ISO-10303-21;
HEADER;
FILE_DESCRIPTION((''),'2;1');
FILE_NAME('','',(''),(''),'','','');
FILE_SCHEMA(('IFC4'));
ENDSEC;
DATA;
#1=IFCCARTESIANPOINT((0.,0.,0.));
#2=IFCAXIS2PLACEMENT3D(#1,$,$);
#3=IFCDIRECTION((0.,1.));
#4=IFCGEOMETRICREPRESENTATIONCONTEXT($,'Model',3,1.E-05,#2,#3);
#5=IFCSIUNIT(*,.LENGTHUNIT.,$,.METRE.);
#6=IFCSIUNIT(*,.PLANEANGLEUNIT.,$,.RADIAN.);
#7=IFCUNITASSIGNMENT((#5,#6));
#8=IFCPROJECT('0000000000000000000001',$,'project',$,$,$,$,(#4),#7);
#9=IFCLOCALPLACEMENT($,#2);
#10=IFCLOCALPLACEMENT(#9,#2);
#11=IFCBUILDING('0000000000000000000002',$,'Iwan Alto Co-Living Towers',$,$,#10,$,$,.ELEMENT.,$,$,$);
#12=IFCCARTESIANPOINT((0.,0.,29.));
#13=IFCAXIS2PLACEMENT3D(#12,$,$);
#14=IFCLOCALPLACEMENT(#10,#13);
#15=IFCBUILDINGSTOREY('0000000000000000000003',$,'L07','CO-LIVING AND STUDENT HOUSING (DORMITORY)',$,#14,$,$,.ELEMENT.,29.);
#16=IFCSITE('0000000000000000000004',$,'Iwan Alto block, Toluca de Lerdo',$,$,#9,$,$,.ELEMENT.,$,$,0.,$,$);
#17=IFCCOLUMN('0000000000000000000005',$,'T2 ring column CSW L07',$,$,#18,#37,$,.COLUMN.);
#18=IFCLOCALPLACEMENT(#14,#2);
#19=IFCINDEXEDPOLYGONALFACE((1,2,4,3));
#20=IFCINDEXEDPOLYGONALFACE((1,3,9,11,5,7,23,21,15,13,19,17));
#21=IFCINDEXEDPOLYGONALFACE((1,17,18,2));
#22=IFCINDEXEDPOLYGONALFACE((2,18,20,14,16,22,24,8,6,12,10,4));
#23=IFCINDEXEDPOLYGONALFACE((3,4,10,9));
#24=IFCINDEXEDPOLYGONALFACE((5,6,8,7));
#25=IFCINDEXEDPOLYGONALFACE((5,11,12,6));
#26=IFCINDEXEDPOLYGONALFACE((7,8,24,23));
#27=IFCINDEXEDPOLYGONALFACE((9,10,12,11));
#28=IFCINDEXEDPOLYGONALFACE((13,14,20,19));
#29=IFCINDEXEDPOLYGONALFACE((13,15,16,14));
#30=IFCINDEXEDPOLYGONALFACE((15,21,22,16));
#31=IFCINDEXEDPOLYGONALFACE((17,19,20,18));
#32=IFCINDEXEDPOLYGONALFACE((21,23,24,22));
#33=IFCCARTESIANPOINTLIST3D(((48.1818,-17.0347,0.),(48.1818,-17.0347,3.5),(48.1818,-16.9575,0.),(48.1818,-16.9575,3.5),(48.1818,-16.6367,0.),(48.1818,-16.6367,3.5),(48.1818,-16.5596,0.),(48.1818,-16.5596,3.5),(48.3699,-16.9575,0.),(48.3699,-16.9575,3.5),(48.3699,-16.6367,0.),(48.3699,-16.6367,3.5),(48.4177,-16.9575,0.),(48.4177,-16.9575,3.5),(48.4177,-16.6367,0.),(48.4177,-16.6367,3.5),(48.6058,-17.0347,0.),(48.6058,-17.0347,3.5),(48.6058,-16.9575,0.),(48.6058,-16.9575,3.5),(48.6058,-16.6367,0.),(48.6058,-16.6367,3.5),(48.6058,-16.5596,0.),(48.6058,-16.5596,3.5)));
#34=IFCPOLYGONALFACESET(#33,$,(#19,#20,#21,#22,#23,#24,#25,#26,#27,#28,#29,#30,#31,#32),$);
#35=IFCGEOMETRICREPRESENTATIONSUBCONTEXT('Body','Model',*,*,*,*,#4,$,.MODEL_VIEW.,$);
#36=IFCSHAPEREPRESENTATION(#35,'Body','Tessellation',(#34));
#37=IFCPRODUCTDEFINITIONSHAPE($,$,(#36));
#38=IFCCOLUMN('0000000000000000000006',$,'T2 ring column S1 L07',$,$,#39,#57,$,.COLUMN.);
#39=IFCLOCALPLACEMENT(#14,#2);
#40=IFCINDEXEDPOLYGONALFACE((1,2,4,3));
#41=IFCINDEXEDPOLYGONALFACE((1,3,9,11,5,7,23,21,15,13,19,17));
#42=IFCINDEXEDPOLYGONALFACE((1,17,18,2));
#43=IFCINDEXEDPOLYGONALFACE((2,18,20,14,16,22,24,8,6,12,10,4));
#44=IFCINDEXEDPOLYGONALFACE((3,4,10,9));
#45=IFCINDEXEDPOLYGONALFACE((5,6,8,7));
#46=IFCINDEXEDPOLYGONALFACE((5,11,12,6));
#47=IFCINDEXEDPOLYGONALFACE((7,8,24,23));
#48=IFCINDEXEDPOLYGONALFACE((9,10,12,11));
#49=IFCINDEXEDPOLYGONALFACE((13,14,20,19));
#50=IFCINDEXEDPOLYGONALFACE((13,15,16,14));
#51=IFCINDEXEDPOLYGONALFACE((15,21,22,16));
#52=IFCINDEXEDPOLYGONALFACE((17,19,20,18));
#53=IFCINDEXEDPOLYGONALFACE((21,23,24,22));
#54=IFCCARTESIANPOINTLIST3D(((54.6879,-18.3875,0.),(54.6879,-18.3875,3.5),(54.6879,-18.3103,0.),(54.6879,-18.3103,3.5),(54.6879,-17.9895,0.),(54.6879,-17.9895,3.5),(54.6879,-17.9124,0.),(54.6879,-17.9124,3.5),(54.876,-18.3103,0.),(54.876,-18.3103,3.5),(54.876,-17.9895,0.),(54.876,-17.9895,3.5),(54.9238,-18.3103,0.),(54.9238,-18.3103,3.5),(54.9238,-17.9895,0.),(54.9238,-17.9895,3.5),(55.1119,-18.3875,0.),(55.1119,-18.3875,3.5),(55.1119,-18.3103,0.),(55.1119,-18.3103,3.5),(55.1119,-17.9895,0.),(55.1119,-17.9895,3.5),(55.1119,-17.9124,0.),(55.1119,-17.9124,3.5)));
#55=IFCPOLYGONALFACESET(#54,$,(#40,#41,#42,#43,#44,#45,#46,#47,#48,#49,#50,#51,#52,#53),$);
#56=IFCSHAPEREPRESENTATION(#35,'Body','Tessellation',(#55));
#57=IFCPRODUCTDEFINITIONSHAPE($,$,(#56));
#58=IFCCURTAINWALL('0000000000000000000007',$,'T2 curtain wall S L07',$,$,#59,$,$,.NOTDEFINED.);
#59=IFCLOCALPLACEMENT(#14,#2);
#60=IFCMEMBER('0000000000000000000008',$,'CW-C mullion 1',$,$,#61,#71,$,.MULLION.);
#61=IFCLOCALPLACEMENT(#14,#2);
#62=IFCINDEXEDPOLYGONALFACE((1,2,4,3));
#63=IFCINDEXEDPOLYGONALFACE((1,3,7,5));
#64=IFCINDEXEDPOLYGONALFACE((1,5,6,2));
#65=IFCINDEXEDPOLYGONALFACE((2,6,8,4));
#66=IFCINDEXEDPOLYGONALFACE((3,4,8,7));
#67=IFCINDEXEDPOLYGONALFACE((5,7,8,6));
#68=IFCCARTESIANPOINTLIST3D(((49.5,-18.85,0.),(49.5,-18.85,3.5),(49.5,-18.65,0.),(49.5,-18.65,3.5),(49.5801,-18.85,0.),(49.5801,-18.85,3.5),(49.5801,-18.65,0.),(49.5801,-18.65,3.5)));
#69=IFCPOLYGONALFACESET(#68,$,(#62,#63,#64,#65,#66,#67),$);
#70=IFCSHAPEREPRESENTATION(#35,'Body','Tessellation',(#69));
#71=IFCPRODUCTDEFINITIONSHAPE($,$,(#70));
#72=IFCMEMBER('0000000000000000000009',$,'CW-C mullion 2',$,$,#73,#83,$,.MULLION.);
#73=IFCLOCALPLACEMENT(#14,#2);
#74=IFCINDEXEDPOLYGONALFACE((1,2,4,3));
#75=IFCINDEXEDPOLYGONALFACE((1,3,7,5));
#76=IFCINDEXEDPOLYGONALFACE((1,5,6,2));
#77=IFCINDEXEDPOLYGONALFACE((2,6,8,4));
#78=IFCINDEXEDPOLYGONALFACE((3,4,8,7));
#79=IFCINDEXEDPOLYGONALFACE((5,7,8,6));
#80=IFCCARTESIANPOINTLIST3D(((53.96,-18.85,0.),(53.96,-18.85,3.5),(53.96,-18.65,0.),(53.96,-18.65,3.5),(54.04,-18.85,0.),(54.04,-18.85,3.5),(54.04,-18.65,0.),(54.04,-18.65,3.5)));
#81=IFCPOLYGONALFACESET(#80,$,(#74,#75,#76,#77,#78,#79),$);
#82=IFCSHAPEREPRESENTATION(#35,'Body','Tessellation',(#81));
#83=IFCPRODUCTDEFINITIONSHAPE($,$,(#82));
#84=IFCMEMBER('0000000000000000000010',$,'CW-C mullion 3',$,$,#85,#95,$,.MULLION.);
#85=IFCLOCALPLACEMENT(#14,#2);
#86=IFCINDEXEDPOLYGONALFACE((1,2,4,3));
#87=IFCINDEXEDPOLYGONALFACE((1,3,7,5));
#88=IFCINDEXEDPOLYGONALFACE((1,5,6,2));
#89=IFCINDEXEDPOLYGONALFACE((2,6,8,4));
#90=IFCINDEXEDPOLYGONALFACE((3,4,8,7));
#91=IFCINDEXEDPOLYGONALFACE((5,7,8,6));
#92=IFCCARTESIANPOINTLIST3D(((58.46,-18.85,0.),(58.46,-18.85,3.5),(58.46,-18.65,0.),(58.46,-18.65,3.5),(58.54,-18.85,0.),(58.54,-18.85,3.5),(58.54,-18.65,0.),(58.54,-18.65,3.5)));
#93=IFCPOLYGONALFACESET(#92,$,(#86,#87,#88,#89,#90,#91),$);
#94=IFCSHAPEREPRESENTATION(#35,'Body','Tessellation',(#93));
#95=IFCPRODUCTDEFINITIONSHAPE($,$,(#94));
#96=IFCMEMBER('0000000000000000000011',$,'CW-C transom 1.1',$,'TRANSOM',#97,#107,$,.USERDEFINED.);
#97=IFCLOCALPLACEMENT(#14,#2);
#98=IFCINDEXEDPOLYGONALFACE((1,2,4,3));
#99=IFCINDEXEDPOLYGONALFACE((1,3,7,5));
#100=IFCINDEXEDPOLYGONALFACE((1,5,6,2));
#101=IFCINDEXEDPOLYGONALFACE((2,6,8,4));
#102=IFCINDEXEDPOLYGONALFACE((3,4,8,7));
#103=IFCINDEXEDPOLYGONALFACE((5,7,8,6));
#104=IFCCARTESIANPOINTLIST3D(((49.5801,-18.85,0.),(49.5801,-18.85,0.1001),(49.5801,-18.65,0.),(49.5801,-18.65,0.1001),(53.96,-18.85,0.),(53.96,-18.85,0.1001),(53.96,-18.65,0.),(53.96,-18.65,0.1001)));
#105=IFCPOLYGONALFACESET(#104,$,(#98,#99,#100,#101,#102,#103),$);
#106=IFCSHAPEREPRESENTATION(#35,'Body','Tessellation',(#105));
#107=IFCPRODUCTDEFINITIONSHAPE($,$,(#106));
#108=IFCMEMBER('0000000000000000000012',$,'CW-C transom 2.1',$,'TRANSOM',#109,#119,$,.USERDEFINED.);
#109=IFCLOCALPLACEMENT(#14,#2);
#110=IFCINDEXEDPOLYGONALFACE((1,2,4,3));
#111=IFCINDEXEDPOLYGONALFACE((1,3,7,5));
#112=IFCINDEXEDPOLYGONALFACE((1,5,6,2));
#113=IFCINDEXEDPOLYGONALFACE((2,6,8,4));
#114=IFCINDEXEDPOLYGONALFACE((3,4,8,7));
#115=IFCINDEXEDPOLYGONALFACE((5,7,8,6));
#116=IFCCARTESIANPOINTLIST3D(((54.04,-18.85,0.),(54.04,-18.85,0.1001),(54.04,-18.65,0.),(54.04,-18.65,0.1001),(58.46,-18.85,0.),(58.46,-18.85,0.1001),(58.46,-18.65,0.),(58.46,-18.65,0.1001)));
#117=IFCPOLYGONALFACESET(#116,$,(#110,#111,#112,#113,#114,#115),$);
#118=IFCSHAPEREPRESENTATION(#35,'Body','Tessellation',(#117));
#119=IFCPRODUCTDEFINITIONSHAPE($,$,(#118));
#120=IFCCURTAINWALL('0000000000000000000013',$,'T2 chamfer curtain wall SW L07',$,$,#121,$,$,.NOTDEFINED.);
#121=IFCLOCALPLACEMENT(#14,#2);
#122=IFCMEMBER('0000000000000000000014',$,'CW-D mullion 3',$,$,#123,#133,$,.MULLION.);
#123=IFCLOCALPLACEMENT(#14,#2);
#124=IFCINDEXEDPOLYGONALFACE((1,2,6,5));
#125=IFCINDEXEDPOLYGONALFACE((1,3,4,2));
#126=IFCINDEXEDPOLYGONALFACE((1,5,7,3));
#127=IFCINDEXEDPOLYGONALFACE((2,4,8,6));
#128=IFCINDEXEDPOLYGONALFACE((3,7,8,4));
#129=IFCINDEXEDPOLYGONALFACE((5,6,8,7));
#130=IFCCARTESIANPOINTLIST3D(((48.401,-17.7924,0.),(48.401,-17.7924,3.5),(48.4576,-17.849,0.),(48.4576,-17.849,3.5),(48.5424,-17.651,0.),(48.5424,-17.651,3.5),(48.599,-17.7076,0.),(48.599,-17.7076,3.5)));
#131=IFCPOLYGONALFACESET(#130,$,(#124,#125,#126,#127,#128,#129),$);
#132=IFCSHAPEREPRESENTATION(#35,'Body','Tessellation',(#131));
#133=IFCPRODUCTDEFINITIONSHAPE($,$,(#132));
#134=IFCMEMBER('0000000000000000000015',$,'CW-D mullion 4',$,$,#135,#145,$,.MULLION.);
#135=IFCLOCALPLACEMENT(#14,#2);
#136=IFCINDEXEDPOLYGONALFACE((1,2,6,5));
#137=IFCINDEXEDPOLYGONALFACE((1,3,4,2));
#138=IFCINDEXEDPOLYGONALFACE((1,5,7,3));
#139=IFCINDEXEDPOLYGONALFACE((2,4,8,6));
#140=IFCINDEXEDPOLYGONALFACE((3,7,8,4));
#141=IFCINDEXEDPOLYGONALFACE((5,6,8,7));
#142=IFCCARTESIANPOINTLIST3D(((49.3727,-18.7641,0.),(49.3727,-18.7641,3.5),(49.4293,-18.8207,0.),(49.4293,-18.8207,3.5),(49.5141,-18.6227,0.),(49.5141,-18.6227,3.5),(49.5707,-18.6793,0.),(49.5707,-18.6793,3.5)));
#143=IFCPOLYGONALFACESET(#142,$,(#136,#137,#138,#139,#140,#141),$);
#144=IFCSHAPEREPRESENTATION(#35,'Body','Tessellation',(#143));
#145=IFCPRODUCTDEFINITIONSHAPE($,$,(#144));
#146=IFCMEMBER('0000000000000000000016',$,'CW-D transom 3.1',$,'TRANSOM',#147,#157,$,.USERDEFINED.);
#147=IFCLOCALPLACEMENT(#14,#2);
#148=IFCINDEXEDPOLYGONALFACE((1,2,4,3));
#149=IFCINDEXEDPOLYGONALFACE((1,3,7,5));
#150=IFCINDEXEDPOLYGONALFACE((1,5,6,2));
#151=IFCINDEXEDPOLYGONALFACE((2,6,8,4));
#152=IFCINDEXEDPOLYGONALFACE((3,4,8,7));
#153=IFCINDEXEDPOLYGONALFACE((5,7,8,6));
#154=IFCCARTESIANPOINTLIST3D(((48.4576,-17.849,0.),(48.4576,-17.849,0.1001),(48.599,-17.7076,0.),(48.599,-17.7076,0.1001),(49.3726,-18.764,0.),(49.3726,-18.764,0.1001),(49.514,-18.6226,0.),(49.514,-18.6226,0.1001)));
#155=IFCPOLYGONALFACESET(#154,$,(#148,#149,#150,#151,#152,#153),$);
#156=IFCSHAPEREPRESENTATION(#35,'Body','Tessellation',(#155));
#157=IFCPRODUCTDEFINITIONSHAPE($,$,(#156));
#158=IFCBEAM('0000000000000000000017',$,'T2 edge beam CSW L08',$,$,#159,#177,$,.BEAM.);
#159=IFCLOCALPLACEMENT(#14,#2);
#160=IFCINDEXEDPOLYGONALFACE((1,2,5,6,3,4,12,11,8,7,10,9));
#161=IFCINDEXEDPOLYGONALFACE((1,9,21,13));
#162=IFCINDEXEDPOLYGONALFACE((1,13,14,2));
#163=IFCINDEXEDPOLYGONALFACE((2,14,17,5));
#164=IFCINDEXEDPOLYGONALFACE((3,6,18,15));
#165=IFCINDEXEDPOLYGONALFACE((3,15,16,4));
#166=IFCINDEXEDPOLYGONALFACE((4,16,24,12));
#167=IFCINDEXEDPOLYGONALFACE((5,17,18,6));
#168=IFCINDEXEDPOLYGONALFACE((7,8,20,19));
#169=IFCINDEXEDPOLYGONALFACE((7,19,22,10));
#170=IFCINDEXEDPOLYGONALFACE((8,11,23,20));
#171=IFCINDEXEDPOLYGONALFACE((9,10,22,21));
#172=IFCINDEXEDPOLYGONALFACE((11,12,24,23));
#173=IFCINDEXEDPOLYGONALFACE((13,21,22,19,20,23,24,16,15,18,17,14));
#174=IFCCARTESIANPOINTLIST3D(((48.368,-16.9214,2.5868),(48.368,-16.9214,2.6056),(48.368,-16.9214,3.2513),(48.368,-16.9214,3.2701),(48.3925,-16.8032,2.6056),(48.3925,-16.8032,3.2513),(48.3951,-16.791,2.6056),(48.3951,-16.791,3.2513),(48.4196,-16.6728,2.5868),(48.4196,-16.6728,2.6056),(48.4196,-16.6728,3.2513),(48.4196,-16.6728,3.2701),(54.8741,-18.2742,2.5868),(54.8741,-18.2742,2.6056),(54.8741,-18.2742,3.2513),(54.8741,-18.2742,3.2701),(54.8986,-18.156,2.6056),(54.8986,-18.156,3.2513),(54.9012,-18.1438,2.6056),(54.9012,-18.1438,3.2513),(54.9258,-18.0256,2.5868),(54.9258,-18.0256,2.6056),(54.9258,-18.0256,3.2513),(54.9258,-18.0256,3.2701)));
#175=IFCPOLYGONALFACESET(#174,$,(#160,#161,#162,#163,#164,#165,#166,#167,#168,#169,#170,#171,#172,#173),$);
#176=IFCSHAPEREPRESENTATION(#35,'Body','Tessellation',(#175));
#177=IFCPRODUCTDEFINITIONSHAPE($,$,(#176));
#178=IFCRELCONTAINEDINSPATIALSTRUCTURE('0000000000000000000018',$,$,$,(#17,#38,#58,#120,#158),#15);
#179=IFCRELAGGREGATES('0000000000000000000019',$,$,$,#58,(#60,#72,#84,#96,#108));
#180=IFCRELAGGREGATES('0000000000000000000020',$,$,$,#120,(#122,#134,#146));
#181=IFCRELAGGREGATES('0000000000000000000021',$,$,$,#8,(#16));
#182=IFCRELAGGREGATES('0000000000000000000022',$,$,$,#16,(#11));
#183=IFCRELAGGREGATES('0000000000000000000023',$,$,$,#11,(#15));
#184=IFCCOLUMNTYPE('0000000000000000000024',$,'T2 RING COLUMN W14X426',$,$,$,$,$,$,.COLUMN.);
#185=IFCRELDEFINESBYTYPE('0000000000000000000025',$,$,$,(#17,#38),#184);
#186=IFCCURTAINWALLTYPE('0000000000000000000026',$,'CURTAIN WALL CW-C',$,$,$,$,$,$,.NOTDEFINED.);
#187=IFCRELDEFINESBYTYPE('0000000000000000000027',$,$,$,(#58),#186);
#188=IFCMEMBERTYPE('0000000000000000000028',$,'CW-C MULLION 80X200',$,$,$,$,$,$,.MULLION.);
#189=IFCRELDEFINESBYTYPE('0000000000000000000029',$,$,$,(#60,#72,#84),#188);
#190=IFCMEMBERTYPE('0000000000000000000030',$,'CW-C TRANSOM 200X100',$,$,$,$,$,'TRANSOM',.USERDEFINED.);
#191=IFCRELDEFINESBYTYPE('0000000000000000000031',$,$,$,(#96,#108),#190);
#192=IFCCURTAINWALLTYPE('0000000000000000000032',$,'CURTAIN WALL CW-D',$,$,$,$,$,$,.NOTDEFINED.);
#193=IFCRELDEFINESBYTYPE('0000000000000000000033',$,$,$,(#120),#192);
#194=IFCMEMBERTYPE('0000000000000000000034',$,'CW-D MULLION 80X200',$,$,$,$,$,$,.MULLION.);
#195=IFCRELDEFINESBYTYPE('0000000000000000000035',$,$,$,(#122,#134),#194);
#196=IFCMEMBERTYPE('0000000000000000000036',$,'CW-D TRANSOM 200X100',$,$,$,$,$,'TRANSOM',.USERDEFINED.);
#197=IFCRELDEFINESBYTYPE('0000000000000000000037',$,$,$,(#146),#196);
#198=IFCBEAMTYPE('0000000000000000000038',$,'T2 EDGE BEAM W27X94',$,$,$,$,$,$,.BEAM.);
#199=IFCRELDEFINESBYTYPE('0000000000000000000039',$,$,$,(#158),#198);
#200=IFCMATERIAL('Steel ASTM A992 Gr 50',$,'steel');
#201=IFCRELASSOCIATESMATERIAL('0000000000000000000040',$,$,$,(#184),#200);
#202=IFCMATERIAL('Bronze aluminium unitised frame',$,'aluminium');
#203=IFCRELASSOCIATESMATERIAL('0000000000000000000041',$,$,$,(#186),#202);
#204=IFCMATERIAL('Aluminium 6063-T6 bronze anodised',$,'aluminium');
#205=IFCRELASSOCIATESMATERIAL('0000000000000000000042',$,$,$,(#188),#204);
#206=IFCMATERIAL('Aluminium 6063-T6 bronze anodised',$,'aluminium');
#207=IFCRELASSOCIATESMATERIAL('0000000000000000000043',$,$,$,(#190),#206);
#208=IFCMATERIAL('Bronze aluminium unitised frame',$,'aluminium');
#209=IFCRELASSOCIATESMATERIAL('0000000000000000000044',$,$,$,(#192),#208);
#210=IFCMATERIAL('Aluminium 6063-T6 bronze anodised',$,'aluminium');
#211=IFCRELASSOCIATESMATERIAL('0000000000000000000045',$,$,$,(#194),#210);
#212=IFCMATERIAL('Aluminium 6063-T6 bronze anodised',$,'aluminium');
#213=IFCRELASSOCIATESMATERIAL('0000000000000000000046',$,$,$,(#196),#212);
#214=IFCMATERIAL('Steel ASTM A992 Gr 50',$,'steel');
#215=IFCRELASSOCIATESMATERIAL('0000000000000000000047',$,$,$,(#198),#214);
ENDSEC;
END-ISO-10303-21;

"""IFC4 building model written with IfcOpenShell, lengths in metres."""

from ifc_helpers import new_model, si_unit, direction, frame, origin, origin_2d, place, context, subcontext, project, spatial, rectangle, i_section, extrude, material, material_profile, profile_set, type_object, element, aggregate, save


model = new_model("IFC4")

# Units and contexts
model_context = context("Model", 3, precision=1e-05, world=origin(), true_north=direction((0.0, 1.0)))
body_context = subcontext(model_context, "Body", "Model", "MODEL_VIEW")
ifc_project = project(units=[si_unit("LENGTHUNIT", "METRE"), si_unit("PLANEANGLEUNIT", "RADIAN")], contexts=[model_context])

# Site, building, storey
site_placement = place(None, origin())
site = spatial("IfcSite", under=ifc_project, at=site_placement, Name="Iwan Alto block, Toluca de Lerdo", CompositionType="ELEMENT", RefElevation=0.0)
building_placement = place(site_placement, origin())
building = spatial("IfcBuilding", under=site, at=building_placement, Name="Iwan Alto Co-Living Towers", CompositionType="ELEMENT")
storey_placement = place(building_placement, frame((0.0, 0.0, 29.0)))
storey = spatial("IfcBuildingStorey", under=building, at=storey_placement, Name="L07", Description="CO-LIVING AND STUDENT HOUSING (DORMITORY)", CompositionType="ELEMENT", Elevation=29.0)

# Columns
ifc_material_1 = material(Name="Steel ASTM A992 Gr 50", Category="steel")
ifc_material_profile_1 = material_profile(ifc_material_1, i_section(OverallWidth=0.4241, OverallDepth=0.4751, WebThickness=0.0479, FlangeThickness=0.0771, at=origin_2d()), Name="W14X426")
ifc_profile_set_1 = profile_set([ifc_material_profile_1], Name="Steel ASTM A992 Gr 50")
column_type = type_object("IfcColumnType", Name="T2 RING COLUMN W14X426", PredefinedType="COLUMN", material=ifc_profile_set_1)
for number, where, z_axis, x_axis, name in (
    (1, (48.3938, -16.7971, 0.0), (0.0, 0.0, 1.0), (1.0, 0.0, 0.0), "T2 ring column CSW L07"),
    (2, (54.8999, -18.1499, 0.0), (0.0, 0.0, 1.0), (1.0, 0.0, 0.0), "T2 ring column S1 L07"),
):
    element("IfcColumn", number, at=place(storey_placement, frame(where, z_axis=z_axis, x_axis=x_axis)), inside=storey, type_object=column_type, Name=name, PredefinedType="COLUMN", context=body_context, shape_type="SweptSolid", body=[
        extrude(i_section(OverallWidth=0.4241, OverallDepth=0.4751, WebThickness=0.0479, FlangeThickness=0.0771, at=origin_2d()), origin(), (0.0, 0.0, 1.0), 3.5),
    ])

# Curtain walls, members
ifc_material_2 = material(Name="Bronze aluminium unitised frame", Category="aluminium")
curtain_wall_type_1 = type_object("IfcCurtainWallType", Name="CURTAIN WALL CW-C", PredefinedType="NOTDEFINED", material=ifc_material_2)
curtain_wall_1_placement = place(storey_placement, origin())
curtain_wall_1 = element("IfcCurtainWall", 3, at=curtain_wall_1_placement, inside=storey, type_object=curtain_wall_type_1, Name="T2 curtain wall S L07", PredefinedType="NOTDEFINED")
ifc_material_3 = material(Name="Aluminium 6063-T6 bronze anodised", Category="aluminium")
ifc_material_profile_2 = material_profile(ifc_material_3, rectangle(XDim=0.2, YDim=0.0801, at=origin_2d()), Name="AL 80X200")
ifc_profile_set_2 = profile_set([ifc_material_profile_2], Name="Aluminium 6063-T6 bronze anodised")
member_type_1 = type_object("IfcMemberType", Name="CW-C MULLION 80X200", PredefinedType="MULLION", material=ifc_profile_set_2)
member_1_placement = place(storey_placement, frame((49.54, -18.75, 0.0), z_axis=(0.0, 0.0, 1.0), x_axis=(0.0, 1.0, 0.0)))
member_1 = element("IfcMember", 4, at=member_1_placement, type_object=member_type_1, Name="CW-C mullion 1", PredefinedType="MULLION", context=body_context, shape_type="SweptSolid", body=[
    extrude(rectangle(XDim=0.2, YDim=0.0801, at=origin_2d()), origin(), (0.0, 0.0, 1.0), 3.5),
])
member_2_placement = place(storey_placement, frame((54.0, -18.75, 0.0), z_axis=(0.0, 0.0, 1.0), x_axis=(0.0, 1.0, 0.0)))
member_2 = element("IfcMember", 5, at=member_2_placement, type_object=member_type_1, Name="CW-C mullion 2", PredefinedType="MULLION", context=body_context, shape_type="SweptSolid", body=[
    extrude(rectangle(XDim=0.2, YDim=0.0801, at=origin_2d()), origin(), (0.0, 0.0, 1.0), 3.5),
])
member_3_placement = place(storey_placement, frame((58.5, -18.75, 0.0), z_axis=(0.0, 0.0, 1.0), x_axis=(0.0, 1.0, 0.0)))
member_3 = element("IfcMember", 6, at=member_3_placement, type_object=member_type_1, Name="CW-C mullion 3", PredefinedType="MULLION", context=body_context, shape_type="SweptSolid", body=[
    extrude(rectangle(XDim=0.2, YDim=0.0801, at=origin_2d()), origin(), (0.0, 0.0, 1.0), 3.5),
])
ifc_material_4 = material(Name="Aluminium 6063-T6 bronze anodised", Category="aluminium")
ifc_material_profile_3 = material_profile(ifc_material_4, rectangle(XDim=0.2, YDim=0.1001, at=origin_2d()), Name="AL 200X100")
ifc_profile_set_3 = profile_set([ifc_material_profile_3], Name="Aluminium 6063-T6 bronze anodised")
member_type_2 = type_object("IfcMemberType", Name="CW-C TRANSOM 200X100", ElementType="TRANSOM", PredefinedType="USERDEFINED", material=ifc_profile_set_3)
member_4_placement = place(storey_placement, frame((49.5801, -18.75, 0.05), z_axis=(1.0, 0.0, 0.0), x_axis=(0.0, 1.0, 0.0)))
member_4 = element("IfcMember", 7, at=member_4_placement, type_object=member_type_2, Name="CW-C transom 1.1", ObjectType="TRANSOM", PredefinedType="USERDEFINED", context=body_context, shape_type="SweptSolid", body=[
    extrude(rectangle(XDim=0.2, YDim=0.1001, at=origin_2d()), origin(), (0.0, 0.0, 1.0), 4.3799),
])
member_5_placement = place(storey_placement, frame((54.04, -18.75, 0.05), z_axis=(1.0, 0.0, 0.0), x_axis=(0.0, 1.0, 0.0)))
member_5 = element("IfcMember", 8, at=member_5_placement, type_object=member_type_2, Name="CW-C transom 2.1", ObjectType="TRANSOM", PredefinedType="USERDEFINED", context=body_context, shape_type="SweptSolid", body=[
    extrude(rectangle(XDim=0.2, YDim=0.1001, at=origin_2d()), origin(), (0.0, 0.0, 1.0), 4.4199),
])
ifc_material_5 = material(Name="Bronze aluminium unitised frame", Category="aluminium")
curtain_wall_type_2 = type_object("IfcCurtainWallType", Name="CURTAIN WALL CW-D", PredefinedType="NOTDEFINED", material=ifc_material_5)
curtain_wall_2_placement = place(storey_placement, origin())
curtain_wall_2 = element("IfcCurtainWall", 9, at=curtain_wall_2_placement, inside=storey, type_object=curtain_wall_type_2, Name="T2 chamfer curtain wall SW L07", PredefinedType="NOTDEFINED")
ifc_material_6 = material(Name="Aluminium 6063-T6 bronze anodised", Category="aluminium")
ifc_material_profile_4 = material_profile(ifc_material_6, rectangle(XDim=0.2, YDim=0.0801, at=origin_2d()), Name="AL 80X200")
ifc_profile_set_4 = profile_set([ifc_material_profile_4], Name="Aluminium 6063-T6 bronze anodised")
member_type_3 = type_object("IfcMemberType", Name="CW-D MULLION 80X200", PredefinedType="MULLION", material=ifc_profile_set_4)
member_6_placement = place(storey_placement, frame((48.5, -17.75, 0.0), z_axis=(0.0, 0.0, 1.0), x_axis=(0.707107, 0.707107, 0.0)))
member_6 = element("IfcMember", 10, at=member_6_placement, type_object=member_type_3, Name="CW-D mullion 3", PredefinedType="MULLION", context=body_context, shape_type="SweptSolid", body=[
    extrude(rectangle(XDim=0.2, YDim=0.0801, at=origin_2d()), origin(), (0.0, 0.0, 1.0), 3.5),
])
member_7_placement = place(storey_placement, frame((49.4717, -18.7217, 0.0), z_axis=(0.0, 0.0, 1.0), x_axis=(0.707107, 0.707107, 0.0)))
member_7 = element("IfcMember", 11, at=member_7_placement, type_object=member_type_3, Name="CW-D mullion 4", PredefinedType="MULLION", context=body_context, shape_type="SweptSolid", body=[
    extrude(rectangle(XDim=0.2, YDim=0.0801, at=origin_2d()), origin(), (0.0, 0.0, 1.0), 3.5),
])
ifc_material_7 = material(Name="Aluminium 6063-T6 bronze anodised", Category="aluminium")
ifc_material_profile_5 = material_profile(ifc_material_7, rectangle(XDim=0.2, YDim=0.1001, at=origin_2d()), Name="AL 200X100")
ifc_profile_set_5 = profile_set([ifc_material_profile_5], Name="Aluminium 6063-T6 bronze anodised")
member_type_4 = type_object("IfcMemberType", Name="CW-D TRANSOM 200X100", ElementType="TRANSOM", PredefinedType="USERDEFINED", material=ifc_profile_set_5)
member_8_placement = place(storey_placement, frame((48.5283, -17.7783, 0.05), z_axis=(0.707107, -0.707107, 0.0), x_axis=(0.707107, 0.707107, 0.0)))
member_8 = element("IfcMember", 12, at=member_8_placement, type_object=member_type_4, Name="CW-D transom 3.1", ObjectType="TRANSOM", PredefinedType="USERDEFINED", context=body_context, shape_type="SweptSolid", body=[
    extrude(rectangle(XDim=0.2, YDim=0.1001, at=origin_2d()), origin(), (0.0, 0.0, 1.0), 1.2939),
])

# Beam
ifc_material_8 = material(Name="Steel ASTM A992 Gr 50", Category="steel")
ifc_material_profile_6 = material_profile(ifc_material_8, i_section(OverallWidth=0.2539, OverallDepth=0.6833, WebThickness=0.0125, FlangeThickness=0.0188, at=origin_2d()), Name="W27X94")
ifc_profile_set_6 = profile_set([ifc_material_profile_6], Name="Steel ASTM A992 Gr 50")
beam_type_1 = type_object("IfcBeamType", Name="T2 EDGE BEAM W27X94", PredefinedType="BEAM", material=ifc_profile_set_6)
beam_1_placement = place(storey_placement, frame((48.3938, -16.7971, 2.9285), z_axis=(0.97906, -0.203571, 0.0), x_axis=(0.203571, 0.97906, 0.0)))
element("IfcBeam", 13, at=beam_1_placement, inside=storey, type_object=beam_type_1, Name="T2 edge beam CSW L08", PredefinedType="BEAM", context=body_context, shape_type="SweptSolid", body=[
    extrude(i_section(OverallWidth=0.2539, OverallDepth=0.6833, WebThickness=0.0125, FlangeThickness=0.0188, at=origin_2d()), origin(), (0.0, 0.0, 1.0), 6.6453),
])

aggregate(curtain_wall_1, [member_1, member_2, member_3, member_4, member_5])
aggregate(curtain_wall_2, [member_6, member_7, member_8])

save(model, "model.ifc")
